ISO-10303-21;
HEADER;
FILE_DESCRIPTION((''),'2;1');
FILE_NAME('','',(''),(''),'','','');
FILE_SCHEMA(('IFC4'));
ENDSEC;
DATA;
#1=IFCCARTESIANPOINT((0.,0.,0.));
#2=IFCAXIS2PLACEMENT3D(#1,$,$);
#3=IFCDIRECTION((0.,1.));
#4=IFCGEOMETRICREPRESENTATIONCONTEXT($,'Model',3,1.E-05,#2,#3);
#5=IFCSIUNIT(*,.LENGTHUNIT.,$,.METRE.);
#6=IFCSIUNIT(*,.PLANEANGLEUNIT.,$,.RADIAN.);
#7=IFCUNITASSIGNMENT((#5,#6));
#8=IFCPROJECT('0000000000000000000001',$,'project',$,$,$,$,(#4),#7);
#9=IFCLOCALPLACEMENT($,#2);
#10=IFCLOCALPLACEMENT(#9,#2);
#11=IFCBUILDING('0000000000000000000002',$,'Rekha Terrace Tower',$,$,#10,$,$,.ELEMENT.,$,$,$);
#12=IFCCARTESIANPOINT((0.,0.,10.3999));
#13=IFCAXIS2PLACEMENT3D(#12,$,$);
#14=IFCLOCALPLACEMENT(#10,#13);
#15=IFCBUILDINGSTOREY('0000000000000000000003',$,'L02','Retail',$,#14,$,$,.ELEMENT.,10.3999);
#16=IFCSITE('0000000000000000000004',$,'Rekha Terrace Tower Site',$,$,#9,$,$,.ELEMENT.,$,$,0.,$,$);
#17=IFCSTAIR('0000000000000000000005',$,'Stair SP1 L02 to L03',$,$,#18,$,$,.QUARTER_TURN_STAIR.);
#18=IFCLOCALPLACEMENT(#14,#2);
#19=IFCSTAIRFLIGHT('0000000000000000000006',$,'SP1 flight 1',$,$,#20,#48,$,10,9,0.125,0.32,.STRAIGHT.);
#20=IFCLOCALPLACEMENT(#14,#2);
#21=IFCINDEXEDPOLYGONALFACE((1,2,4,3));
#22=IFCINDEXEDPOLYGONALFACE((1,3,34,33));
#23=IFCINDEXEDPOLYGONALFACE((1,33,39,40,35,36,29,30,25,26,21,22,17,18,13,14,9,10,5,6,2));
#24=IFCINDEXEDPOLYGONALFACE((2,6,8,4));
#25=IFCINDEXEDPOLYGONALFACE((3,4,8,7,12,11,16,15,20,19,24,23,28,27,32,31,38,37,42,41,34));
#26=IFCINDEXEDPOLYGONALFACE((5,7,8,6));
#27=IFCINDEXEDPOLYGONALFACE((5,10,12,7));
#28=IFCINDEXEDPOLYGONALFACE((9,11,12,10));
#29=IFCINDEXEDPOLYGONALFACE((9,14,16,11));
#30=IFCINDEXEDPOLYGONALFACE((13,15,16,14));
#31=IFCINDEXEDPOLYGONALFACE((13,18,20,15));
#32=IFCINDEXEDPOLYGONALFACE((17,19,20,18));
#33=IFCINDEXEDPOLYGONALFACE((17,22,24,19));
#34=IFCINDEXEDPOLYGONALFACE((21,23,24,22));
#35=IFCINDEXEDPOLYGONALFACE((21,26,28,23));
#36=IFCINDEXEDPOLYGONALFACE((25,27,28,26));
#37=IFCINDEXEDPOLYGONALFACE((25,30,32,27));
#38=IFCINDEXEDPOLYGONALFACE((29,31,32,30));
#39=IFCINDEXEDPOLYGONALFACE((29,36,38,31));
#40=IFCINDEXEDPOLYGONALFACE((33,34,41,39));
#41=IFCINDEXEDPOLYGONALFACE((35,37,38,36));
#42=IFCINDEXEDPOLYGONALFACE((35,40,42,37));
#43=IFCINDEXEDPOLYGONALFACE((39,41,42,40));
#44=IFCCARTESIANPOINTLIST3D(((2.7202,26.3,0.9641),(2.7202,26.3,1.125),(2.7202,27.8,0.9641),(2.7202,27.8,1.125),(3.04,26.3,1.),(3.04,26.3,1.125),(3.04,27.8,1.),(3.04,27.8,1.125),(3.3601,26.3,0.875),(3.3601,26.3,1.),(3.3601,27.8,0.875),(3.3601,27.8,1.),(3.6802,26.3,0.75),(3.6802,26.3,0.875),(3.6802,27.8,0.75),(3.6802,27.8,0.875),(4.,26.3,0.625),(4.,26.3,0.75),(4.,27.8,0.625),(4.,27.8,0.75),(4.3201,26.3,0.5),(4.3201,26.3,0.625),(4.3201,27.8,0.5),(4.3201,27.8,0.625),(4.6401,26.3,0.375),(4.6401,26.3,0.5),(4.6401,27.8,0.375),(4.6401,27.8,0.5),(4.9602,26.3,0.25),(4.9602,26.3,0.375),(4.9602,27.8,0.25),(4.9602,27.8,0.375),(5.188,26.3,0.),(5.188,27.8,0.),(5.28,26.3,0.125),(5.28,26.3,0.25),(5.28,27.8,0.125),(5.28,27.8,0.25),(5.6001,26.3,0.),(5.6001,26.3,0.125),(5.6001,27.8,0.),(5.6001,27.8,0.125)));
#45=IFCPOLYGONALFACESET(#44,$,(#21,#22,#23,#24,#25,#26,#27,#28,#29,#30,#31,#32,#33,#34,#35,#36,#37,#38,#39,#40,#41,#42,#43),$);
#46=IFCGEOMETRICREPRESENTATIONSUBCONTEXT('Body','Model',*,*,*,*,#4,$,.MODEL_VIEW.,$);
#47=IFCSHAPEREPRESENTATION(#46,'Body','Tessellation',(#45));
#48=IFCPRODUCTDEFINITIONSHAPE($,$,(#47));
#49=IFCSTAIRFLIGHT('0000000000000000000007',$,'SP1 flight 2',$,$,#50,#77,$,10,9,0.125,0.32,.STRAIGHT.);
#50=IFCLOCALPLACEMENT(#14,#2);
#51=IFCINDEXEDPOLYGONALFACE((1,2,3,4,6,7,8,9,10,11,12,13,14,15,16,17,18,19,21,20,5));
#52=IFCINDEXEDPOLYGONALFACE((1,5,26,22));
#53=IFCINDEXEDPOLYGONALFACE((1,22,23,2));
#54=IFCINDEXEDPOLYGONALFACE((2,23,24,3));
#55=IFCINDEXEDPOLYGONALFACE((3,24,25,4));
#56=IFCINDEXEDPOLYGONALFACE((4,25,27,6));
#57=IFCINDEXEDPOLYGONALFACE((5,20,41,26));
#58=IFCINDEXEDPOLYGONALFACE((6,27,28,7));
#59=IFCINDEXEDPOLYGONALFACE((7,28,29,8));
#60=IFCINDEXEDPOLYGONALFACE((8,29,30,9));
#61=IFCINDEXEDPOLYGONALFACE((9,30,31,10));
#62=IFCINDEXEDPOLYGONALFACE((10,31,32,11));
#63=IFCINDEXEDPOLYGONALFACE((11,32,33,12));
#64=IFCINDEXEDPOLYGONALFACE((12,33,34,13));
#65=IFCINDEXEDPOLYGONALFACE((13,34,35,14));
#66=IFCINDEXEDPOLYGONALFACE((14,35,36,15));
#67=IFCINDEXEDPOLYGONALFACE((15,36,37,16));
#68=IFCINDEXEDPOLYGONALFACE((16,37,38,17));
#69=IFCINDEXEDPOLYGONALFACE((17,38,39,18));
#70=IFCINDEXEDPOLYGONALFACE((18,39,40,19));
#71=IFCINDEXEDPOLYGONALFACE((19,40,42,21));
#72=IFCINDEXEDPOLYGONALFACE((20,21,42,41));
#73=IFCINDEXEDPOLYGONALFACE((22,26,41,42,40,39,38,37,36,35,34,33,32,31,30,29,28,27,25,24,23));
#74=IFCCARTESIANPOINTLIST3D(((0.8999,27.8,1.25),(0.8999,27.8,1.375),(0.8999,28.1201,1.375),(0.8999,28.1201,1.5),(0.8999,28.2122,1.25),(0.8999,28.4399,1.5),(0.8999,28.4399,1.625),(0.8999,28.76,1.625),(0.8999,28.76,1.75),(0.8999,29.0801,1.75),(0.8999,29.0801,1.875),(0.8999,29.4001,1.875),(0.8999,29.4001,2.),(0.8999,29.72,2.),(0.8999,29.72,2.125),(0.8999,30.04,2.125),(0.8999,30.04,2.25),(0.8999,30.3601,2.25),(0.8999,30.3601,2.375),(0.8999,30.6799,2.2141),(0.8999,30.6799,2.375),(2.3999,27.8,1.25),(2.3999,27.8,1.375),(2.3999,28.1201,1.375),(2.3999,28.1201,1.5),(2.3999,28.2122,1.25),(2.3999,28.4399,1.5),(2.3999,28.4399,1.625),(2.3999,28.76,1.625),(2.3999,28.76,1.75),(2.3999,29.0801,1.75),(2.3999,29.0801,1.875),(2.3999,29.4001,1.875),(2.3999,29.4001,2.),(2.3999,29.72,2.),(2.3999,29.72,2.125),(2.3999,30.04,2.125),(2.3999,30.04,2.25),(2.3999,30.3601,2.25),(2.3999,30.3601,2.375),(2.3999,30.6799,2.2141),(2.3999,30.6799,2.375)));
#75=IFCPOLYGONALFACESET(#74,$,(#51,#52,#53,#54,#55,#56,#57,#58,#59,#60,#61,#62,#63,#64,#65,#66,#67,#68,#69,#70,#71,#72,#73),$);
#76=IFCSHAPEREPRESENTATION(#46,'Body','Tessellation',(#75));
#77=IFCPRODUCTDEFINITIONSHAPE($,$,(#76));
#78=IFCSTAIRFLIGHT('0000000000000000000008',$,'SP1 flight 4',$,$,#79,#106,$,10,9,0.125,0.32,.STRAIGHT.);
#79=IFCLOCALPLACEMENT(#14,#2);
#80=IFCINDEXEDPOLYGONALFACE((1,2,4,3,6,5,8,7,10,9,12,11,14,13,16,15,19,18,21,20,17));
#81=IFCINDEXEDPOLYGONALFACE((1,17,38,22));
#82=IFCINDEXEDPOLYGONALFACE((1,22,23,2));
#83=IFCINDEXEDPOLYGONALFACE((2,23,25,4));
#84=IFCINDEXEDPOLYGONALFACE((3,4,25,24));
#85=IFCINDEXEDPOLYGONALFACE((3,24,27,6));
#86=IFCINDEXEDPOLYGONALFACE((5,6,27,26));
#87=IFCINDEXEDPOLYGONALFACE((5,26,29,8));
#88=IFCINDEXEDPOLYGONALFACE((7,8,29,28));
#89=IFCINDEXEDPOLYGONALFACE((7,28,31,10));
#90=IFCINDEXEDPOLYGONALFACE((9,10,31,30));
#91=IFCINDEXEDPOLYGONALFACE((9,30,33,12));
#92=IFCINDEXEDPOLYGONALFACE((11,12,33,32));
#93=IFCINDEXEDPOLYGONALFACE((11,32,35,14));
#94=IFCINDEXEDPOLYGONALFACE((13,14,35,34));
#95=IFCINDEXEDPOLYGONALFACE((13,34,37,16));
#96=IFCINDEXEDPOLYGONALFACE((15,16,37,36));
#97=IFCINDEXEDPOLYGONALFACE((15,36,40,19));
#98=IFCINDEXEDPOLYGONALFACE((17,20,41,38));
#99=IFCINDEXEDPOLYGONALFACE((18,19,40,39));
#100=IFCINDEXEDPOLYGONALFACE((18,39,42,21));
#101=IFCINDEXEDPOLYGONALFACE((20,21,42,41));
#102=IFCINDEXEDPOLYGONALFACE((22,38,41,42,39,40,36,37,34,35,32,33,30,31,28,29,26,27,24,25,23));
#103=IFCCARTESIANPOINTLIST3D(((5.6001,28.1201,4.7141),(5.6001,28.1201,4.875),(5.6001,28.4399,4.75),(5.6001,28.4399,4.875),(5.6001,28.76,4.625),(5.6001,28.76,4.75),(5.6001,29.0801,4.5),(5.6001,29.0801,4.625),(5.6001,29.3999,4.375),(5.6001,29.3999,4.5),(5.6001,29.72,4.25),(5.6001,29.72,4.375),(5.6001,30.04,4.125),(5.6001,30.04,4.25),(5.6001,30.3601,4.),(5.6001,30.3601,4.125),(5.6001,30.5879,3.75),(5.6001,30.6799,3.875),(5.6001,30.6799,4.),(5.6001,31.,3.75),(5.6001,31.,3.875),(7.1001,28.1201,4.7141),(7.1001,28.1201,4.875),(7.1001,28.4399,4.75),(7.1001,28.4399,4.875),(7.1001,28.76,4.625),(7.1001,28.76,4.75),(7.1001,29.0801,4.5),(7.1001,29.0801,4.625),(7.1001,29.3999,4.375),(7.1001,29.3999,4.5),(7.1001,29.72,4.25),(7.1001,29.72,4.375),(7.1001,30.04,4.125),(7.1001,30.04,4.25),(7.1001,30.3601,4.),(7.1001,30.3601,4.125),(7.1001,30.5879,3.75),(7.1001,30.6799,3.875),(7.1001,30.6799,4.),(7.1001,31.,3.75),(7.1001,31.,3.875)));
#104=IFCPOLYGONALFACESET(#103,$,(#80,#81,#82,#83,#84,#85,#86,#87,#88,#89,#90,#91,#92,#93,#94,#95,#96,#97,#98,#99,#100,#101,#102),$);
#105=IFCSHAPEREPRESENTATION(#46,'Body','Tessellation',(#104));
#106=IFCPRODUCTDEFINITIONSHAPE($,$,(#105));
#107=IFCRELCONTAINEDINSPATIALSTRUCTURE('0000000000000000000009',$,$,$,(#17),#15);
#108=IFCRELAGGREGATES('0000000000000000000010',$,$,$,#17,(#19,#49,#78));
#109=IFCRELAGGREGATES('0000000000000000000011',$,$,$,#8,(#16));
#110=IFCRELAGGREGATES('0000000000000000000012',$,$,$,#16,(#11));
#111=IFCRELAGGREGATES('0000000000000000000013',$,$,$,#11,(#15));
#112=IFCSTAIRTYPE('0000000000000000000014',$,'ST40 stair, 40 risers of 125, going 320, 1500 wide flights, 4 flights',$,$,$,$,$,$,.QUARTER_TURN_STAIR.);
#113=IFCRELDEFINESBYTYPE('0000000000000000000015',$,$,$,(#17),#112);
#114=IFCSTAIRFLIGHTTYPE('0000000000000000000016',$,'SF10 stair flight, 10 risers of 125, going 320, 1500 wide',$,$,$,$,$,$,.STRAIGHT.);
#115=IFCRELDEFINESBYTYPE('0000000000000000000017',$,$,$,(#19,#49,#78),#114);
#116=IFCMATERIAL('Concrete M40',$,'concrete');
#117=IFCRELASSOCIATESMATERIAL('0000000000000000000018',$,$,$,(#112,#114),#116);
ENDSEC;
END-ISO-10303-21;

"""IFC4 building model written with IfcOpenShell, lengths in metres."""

from ifc_helpers import new_model, si_unit, direction, frame, origin, place, context, subcontext, project, spatial, polyline, outline, extrude, material, type_object, element, aggregate, save


model = new_model("IFC4")

# Units and contexts
model_context = context("Model", 3, precision=1e-05, world=origin(), true_north=direction((0.0, 1.0)))
body_context = subcontext(model_context, "Body", "Model", "MODEL_VIEW")
ifc_project = project(units=[si_unit("LENGTHUNIT", "METRE"), si_unit("PLANEANGLEUNIT", "RADIAN")], contexts=[model_context])

# Site, building, storey
site_placement = place(None, origin())
site = spatial("IfcSite", under=ifc_project, at=site_placement, Name="Rekha Terrace Tower Site", CompositionType="ELEMENT", RefElevation=0.0)
building_placement = place(site_placement, origin())
building = spatial("IfcBuilding", under=site, at=building_placement, Name="Rekha Terrace Tower", CompositionType="ELEMENT")
storey_placement = place(building_placement, frame((0.0, 0.0, 10.3999)))
storey = spatial("IfcBuildingStorey", under=building, at=storey_placement, Name="L02", Description="Retail", CompositionType="ELEMENT", Elevation=10.3999)

# Stair, stair flights
ifc_material_1 = material(Name="Concrete M40", Category="concrete")
stair_type = type_object("IfcStairType", Name="ST40 stair, 40 risers of 125, going 320, 1500 wide flights, 4 flights", PredefinedType="QUARTER_TURN_STAIR", material=ifc_material_1)
stair_placement = place(storey_placement, origin())
stair = element("IfcStair", 1, at=stair_placement, inside=storey, type_object=stair_type, Name="Stair SP1 L02 to L03", PredefinedType="QUARTER_TURN_STAIR")
stair_flight_type = type_object("IfcStairFlightType", Name="SF10 stair flight, 10 risers of 125, going 320, 1500 wide", PredefinedType="STRAIGHT", material=ifc_material_1)
stair_flight_1_placement = place(storey_placement, frame((5.6001, 27.05, 0.0), z_axis=(0.0, 0.0, 1.0), x_axis=(-1.0, 0.0, 0.0)))
stair_flight_1 = element("IfcStairFlight", 2, at=stair_flight_1_placement, type_object=stair_flight_type, Name="SP1 flight 1", NumberOfRisers=10, NumberOfTreads=9, PredefinedType="STRAIGHT", RiserHeight=0.125, TreadLength=0.32, context=body_context, shape_type="SweptSolid", body=[
    extrude(outline(polyline([(0.0, 0.0), (0.0, 0.125), (0.3201, 0.125), (0.3201, 0.25), (0.6399, 0.25), (0.6399, 0.375), (0.96, 0.375), (0.96, 0.5), (1.28, 0.5), (1.28, 0.625), (1.6001, 0.625), (1.6001, 0.75), (1.9199, 0.75), (1.9199, 0.875), (2.24, 0.875), (2.24, 1.0), (2.5601, 1.0), (2.5601, 1.125), (2.8799, 1.125), (2.8799, 1.25), (2.8799, 0.9641), (0.4121, 0.0), (0.0, 0.0)])), frame((0.0, 0.75, 0.0), z_axis=(0.0, -1.0, 0.0), x_axis=(1.0, 0.0, 0.0)), (0.0, 0.0, 1.0), 1.5),
])
stair_flight_2_placement = place(storey_placement, frame((1.6499, 27.8, 1.25), z_axis=(0.0, 0.0, 1.0), x_axis=(0.0, 1.0, 0.0)))
stair_flight_2 = element("IfcStairFlight", 3, at=stair_flight_2_placement, type_object=stair_flight_type, Name="SP1 flight 2", NumberOfRisers=10, NumberOfTreads=9, PredefinedType="STRAIGHT", RiserHeight=0.125, TreadLength=0.32, context=body_context, shape_type="SweptSolid", body=[
    extrude(outline(polyline([(0.0, 0.0), (0.0, 0.125), (0.3201, 0.125), (0.3201, 0.25), (0.6399, 0.25), (0.6399, 0.375), (0.96, 0.375), (0.96, 0.5), (1.28, 0.5), (1.28, 0.625), (1.6001, 0.625), (1.6001, 0.75), (1.9199, 0.75), (1.9199, 0.875), (2.24, 0.875), (2.24, 1.0), (2.5601, 1.0), (2.5601, 1.125), (2.8799, 1.125), (2.8799, 1.25), (2.8799, 0.9641), (0.4121, 0.0), (0.0, 0.0)])), frame((0.0, 0.75, 0.0), z_axis=(0.0, -1.0, 0.0), x_axis=(1.0, 0.0, 0.0)), (0.0, 0.0, 1.0), 1.5),
])
stair_flight_3_placement = place(storey_placement, frame((6.3501, 31.0, 3.75), z_axis=(0.0, 0.0, 1.0), x_axis=(0.0, -1.0, 0.0)))
stair_flight_3 = element("IfcStairFlight", 4, at=stair_flight_3_placement, type_object=stair_flight_type, Name="SP1 flight 4", NumberOfRisers=10, NumberOfTreads=9, PredefinedType="STRAIGHT", RiserHeight=0.125, TreadLength=0.32, context=body_context, shape_type="SweptSolid", body=[
    extrude(outline(polyline([(0.0, 0.0), (0.0, 0.125), (0.3201, 0.125), (0.3201, 0.25), (0.6399, 0.25), (0.6399, 0.375), (0.96, 0.375), (0.96, 0.5), (1.28, 0.5), (1.28, 0.625), (1.6001, 0.625), (1.6001, 0.75), (1.9199, 0.75), (1.9199, 0.875), (2.24, 0.875), (2.24, 1.0), (2.5601, 1.0), (2.5601, 1.125), (2.8799, 1.125), (2.8799, 1.25), (2.8799, 0.9641), (0.4121, 0.0), (0.0, 0.0)])), frame((0.0, 0.75, 0.0), z_axis=(0.0, -1.0, 0.0), x_axis=(1.0, 0.0, 0.0)), (0.0, 0.0, 1.0), 1.5),
])
aggregate(stair, [stair_flight_1, stair_flight_2, stair_flight_3])

save(model, "model.ifc")
